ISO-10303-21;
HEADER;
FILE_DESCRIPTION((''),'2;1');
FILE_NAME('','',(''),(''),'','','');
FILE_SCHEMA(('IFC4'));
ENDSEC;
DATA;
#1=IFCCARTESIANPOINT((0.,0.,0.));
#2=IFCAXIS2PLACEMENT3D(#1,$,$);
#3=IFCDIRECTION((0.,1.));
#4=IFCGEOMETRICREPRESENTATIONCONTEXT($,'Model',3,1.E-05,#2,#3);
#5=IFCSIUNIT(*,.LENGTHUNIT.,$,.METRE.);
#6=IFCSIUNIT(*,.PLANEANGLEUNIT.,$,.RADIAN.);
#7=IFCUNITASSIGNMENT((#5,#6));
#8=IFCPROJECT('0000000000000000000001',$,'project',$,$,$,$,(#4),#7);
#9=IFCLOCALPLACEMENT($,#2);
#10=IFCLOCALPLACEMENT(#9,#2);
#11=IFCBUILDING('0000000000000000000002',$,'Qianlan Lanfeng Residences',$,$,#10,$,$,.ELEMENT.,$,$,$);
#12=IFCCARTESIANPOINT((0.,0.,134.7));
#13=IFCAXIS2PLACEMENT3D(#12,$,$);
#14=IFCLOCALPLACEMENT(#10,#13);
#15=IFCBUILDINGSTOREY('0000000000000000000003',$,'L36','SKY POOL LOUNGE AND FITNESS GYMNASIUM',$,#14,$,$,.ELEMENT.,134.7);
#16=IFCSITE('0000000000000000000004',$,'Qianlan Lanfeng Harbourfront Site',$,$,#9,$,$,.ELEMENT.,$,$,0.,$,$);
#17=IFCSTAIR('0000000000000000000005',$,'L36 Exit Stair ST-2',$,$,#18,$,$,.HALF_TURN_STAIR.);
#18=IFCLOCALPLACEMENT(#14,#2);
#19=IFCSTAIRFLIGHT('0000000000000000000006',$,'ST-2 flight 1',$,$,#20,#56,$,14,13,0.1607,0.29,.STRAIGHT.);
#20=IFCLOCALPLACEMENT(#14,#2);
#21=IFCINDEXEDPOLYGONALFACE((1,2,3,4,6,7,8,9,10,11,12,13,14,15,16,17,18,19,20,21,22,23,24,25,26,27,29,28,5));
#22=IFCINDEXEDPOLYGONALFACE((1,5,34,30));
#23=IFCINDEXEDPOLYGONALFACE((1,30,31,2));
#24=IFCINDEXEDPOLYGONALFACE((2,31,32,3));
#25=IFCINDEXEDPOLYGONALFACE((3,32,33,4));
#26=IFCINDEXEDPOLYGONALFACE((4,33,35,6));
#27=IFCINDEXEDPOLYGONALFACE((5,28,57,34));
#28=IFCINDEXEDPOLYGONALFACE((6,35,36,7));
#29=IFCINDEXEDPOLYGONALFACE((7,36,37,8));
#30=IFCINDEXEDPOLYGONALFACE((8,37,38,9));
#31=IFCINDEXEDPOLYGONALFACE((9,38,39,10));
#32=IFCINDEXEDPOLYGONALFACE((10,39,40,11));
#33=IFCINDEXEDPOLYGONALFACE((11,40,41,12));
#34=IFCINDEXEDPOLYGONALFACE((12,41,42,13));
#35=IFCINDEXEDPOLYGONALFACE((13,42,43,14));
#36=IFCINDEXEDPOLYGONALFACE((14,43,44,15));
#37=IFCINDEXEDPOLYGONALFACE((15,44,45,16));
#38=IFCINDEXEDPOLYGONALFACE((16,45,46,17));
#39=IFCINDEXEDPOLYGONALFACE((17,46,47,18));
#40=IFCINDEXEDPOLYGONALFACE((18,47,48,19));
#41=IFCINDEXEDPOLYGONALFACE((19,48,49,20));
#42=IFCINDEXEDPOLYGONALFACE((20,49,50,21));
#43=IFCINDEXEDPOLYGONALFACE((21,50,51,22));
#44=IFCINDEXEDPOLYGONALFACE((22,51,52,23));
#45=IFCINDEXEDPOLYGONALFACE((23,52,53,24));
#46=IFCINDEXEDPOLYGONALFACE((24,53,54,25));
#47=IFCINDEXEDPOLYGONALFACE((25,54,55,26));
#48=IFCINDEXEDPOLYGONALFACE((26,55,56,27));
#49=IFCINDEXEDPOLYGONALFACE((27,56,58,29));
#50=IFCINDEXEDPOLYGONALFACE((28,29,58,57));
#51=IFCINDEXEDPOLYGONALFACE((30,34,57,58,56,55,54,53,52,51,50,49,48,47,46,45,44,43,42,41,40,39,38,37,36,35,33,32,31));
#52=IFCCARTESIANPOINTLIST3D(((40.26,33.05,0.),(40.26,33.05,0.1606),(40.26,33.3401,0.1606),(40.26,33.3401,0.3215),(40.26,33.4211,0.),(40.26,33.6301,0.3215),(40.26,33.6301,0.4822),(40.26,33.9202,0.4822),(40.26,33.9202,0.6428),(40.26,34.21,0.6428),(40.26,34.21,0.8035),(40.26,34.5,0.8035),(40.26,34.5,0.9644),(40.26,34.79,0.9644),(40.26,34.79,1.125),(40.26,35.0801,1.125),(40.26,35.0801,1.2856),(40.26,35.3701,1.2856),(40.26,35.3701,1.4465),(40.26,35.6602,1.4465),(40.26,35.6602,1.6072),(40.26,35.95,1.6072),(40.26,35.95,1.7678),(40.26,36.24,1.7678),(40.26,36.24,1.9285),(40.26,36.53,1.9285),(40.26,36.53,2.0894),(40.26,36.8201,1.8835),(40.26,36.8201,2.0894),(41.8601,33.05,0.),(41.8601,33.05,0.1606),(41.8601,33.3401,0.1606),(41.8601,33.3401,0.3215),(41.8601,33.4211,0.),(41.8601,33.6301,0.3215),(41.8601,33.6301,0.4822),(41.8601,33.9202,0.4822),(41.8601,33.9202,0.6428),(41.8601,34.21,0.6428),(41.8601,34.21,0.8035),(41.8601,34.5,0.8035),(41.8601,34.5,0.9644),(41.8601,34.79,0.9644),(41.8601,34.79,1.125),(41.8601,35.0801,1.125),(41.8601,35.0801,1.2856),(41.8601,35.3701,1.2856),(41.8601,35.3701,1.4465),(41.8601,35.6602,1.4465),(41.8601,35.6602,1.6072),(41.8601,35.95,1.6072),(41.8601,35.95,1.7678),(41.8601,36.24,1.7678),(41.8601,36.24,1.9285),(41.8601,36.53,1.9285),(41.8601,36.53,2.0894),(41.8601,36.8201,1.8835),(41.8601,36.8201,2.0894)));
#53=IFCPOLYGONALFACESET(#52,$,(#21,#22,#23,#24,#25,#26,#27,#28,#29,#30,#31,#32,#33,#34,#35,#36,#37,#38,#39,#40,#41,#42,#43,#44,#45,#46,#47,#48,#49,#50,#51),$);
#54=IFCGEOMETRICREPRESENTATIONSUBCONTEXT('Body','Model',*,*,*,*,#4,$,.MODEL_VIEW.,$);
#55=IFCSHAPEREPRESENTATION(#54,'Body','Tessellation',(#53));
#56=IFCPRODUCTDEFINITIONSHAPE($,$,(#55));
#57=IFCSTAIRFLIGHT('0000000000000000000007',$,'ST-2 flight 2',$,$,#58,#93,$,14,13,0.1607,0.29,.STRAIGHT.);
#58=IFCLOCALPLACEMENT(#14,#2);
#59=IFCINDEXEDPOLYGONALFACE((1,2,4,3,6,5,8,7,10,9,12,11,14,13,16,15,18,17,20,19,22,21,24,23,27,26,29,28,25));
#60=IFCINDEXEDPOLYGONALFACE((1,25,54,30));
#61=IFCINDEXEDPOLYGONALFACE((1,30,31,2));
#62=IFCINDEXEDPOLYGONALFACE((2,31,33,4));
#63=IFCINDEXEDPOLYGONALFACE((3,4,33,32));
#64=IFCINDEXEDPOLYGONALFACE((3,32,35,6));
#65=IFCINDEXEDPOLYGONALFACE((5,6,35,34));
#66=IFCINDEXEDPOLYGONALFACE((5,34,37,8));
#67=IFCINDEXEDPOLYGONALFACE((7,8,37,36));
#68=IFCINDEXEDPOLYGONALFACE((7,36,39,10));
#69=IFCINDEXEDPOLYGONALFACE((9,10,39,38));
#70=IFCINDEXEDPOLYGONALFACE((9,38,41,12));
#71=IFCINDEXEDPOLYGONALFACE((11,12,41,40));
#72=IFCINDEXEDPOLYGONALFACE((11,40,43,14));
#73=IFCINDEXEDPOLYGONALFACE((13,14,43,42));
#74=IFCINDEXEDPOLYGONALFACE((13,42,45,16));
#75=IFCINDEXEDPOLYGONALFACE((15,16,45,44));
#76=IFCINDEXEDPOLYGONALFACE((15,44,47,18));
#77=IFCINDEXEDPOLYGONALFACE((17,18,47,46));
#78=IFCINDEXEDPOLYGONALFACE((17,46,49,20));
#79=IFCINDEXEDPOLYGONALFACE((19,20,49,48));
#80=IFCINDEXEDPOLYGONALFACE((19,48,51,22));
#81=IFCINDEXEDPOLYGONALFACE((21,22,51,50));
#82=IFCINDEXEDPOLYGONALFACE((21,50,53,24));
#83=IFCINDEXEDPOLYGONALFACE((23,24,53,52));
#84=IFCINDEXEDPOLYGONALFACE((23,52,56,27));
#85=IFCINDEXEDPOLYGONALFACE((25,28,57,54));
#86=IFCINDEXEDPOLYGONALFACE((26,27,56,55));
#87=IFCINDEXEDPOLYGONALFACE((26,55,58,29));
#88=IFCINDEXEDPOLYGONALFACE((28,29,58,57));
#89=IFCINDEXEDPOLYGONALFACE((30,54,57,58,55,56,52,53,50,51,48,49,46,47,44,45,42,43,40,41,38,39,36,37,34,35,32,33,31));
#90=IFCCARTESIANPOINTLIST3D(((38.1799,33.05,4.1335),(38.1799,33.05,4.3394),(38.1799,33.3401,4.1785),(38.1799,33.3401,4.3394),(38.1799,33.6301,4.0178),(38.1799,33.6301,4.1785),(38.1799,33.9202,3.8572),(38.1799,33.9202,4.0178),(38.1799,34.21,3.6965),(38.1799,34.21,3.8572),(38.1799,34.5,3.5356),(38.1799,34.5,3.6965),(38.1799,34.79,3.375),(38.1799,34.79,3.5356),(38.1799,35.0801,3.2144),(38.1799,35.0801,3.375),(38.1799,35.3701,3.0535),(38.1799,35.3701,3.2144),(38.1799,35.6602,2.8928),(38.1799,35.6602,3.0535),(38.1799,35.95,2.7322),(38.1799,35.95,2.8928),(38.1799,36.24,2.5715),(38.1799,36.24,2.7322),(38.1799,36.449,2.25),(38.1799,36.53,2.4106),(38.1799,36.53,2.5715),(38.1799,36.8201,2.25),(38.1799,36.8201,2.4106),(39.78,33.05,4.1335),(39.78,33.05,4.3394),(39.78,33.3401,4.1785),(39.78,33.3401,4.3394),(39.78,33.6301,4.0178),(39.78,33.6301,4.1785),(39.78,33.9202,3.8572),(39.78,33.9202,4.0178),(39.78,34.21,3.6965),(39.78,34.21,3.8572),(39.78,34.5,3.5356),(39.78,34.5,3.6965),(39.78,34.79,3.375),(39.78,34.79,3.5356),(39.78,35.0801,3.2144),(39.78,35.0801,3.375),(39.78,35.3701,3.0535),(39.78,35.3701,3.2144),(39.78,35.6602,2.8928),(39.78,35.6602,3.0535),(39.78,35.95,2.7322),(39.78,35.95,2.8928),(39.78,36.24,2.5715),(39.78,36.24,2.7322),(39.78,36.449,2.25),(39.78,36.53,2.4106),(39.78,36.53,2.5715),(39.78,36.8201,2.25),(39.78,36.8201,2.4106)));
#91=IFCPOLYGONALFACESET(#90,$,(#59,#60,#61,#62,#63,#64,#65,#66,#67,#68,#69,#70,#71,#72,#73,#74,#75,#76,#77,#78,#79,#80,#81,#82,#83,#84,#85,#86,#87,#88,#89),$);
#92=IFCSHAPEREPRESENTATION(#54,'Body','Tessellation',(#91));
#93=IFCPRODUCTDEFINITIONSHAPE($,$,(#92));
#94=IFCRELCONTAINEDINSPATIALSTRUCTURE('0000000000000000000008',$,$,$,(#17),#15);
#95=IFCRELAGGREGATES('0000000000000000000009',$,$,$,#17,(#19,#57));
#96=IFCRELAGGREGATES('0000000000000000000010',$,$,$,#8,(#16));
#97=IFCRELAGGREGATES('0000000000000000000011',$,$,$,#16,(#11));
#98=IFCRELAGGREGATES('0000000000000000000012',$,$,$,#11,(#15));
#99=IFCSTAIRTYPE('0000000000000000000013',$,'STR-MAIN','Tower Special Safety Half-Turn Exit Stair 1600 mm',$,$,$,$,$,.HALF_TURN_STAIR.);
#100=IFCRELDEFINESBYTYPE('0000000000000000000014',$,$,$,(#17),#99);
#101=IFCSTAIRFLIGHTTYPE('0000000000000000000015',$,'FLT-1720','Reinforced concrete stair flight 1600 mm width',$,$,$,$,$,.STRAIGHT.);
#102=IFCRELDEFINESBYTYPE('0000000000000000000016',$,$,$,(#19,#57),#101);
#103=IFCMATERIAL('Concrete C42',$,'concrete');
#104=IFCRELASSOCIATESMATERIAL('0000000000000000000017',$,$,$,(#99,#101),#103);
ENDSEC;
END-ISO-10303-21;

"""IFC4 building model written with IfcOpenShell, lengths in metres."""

from ifc_helpers import new_model, si_unit, direction, frame, origin, place, context, subcontext, project, spatial, polyline, outline, extrude, material, type_object, element, aggregate, save


model = new_model("IFC4")

# Units and contexts
model_context = context("Model", 3, precision=1e-05, world=origin(), true_north=direction((0.0, 1.0)))
body_context = subcontext(model_context, "Body", "Model", "MODEL_VIEW")
ifc_project = project(units=[si_unit("LENGTHUNIT", "METRE"), si_unit("PLANEANGLEUNIT", "RADIAN")], contexts=[model_context])

# Site, building, storey
site_placement = place(None, origin())
site = spatial("IfcSite", under=ifc_project, at=site_placement, Name="Qianlan Lanfeng Harbourfront Site", CompositionType="ELEMENT", RefElevation=0.0)
building_placement = place(site_placement, origin())
building = spatial("IfcBuilding", under=site, at=building_placement, Name="Qianlan Lanfeng Residences", CompositionType="ELEMENT")
storey_placement = place(building_placement, frame((0.0, 0.0, 134.7)))
storey = spatial("IfcBuildingStorey", under=building, at=storey_placement, Name="L36", Description="SKY POOL LOUNGE AND FITNESS GYMNASIUM", CompositionType="ELEMENT", Elevation=134.7)

# Shared definitions
ifc_material_1 = material(Name="Concrete C42", Category="concrete")

# Stair, stair flights
stair_type = type_object("IfcStairType", Name="STR-MAIN", Description="Tower Special Safety Half-Turn Exit Stair 1600 mm", PredefinedType="HALF_TURN_STAIR", material=ifc_material_1)
stair_placement = place(storey_placement, origin())
stair = element("IfcStair", 1, at=stair_placement, inside=storey, type_object=stair_type, Name="L36 Exit Stair ST-2", PredefinedType="HALF_TURN_STAIR")
stair_flight_type = type_object("IfcStairFlightType", Name="FLT-1720", Description="Reinforced concrete stair flight 1600 mm width", PredefinedType="STRAIGHT", material=ifc_material_1)
stair_flight_1_placement = place(storey_placement, frame((41.0601, 33.05, 0.0), z_axis=(0.0, 0.0, 1.0), x_axis=(0.0, 1.0, 0.0)))
stair_flight_1 = element("IfcStairFlight", 2, at=stair_flight_1_placement, type_object=stair_flight_type, Name="ST-2 flight 1", NumberOfRisers=14, NumberOfTreads=13, PredefinedType="STRAIGHT", RiserHeight=0.1607, TreadLength=0.29, context=body_context, shape_type="SweptSolid", body=[
    extrude(outline(polyline([(0.0, 0.0), (0.0, 0.1606), (0.29, 0.1606), (0.29, 0.3215), (0.5801, 0.3215), (0.5801, 0.4822), (0.8701, 0.4822), (0.8701, 0.6428), (1.1599, 0.6428), (1.1599, 0.8035), (1.45, 0.8035), (1.45, 0.9644), (1.74, 0.9644), (1.74, 1.125), (2.03, 1.125), (2.03, 1.2856), (2.3201, 1.2856), (2.3201, 1.4465), (2.6101, 1.4465), (2.6101, 1.6072), (2.8999, 1.6072), (2.8999, 1.7678), (3.1899, 1.7678), (3.1899, 1.9285), (3.48, 1.9285), (3.48, 2.0894), (3.77, 2.0894), (3.77, 2.25), (3.77, 1.8835), (0.3711, 0.0), (0.0, 0.0)])), frame((0.0, 0.8, 0.0), z_axis=(0.0, -1.0, 0.0), x_axis=(1.0, 0.0, 0.0)), (0.0, 0.0, 1.0), 1.6001),
])
stair_flight_2_placement = place(storey_placement, frame((38.98, 36.8201, 2.25), z_axis=(0.0, 0.0, 1.0), x_axis=(0.0, -1.0, 0.0)))
stair_flight_2 = element("IfcStairFlight", 3, at=stair_flight_2_placement, type_object=stair_flight_type, Name="ST-2 flight 2", NumberOfRisers=14, NumberOfTreads=13, PredefinedType="STRAIGHT", RiserHeight=0.1607, TreadLength=0.29, context=body_context, shape_type="SweptSolid", body=[
    extrude(outline(polyline([(0.0, 0.0), (0.0, 0.1606), (0.29, 0.1606), (0.29, 0.3215), (0.5801, 0.3215), (0.5801, 0.4822), (0.8701, 0.4822), (0.8701, 0.6428), (1.1599, 0.6428), (1.1599, 0.8035), (1.45, 0.8035), (1.45, 0.9644), (1.74, 0.9644), (1.74, 1.125), (2.03, 1.125), (2.03, 1.2856), (2.3201, 1.2856), (2.3201, 1.4465), (2.6101, 1.4465), (2.6101, 1.6072), (2.8999, 1.6072), (2.8999, 1.7678), (3.1899, 1.7678), (3.1899, 1.9285), (3.48, 1.9285), (3.48, 2.0894), (3.77, 2.0894), (3.77, 2.25), (3.77, 1.8835), (0.3711, 0.0), (0.0, 0.0)])), frame((0.0, 0.8, 0.0), z_axis=(0.0, -1.0, 0.0), x_axis=(1.0, 0.0, 0.0)), (0.0, 0.0, 1.0), 1.6001),
])
aggregate(stair, [stair_flight_1, stair_flight_2])

save(model, "model.ifc")
